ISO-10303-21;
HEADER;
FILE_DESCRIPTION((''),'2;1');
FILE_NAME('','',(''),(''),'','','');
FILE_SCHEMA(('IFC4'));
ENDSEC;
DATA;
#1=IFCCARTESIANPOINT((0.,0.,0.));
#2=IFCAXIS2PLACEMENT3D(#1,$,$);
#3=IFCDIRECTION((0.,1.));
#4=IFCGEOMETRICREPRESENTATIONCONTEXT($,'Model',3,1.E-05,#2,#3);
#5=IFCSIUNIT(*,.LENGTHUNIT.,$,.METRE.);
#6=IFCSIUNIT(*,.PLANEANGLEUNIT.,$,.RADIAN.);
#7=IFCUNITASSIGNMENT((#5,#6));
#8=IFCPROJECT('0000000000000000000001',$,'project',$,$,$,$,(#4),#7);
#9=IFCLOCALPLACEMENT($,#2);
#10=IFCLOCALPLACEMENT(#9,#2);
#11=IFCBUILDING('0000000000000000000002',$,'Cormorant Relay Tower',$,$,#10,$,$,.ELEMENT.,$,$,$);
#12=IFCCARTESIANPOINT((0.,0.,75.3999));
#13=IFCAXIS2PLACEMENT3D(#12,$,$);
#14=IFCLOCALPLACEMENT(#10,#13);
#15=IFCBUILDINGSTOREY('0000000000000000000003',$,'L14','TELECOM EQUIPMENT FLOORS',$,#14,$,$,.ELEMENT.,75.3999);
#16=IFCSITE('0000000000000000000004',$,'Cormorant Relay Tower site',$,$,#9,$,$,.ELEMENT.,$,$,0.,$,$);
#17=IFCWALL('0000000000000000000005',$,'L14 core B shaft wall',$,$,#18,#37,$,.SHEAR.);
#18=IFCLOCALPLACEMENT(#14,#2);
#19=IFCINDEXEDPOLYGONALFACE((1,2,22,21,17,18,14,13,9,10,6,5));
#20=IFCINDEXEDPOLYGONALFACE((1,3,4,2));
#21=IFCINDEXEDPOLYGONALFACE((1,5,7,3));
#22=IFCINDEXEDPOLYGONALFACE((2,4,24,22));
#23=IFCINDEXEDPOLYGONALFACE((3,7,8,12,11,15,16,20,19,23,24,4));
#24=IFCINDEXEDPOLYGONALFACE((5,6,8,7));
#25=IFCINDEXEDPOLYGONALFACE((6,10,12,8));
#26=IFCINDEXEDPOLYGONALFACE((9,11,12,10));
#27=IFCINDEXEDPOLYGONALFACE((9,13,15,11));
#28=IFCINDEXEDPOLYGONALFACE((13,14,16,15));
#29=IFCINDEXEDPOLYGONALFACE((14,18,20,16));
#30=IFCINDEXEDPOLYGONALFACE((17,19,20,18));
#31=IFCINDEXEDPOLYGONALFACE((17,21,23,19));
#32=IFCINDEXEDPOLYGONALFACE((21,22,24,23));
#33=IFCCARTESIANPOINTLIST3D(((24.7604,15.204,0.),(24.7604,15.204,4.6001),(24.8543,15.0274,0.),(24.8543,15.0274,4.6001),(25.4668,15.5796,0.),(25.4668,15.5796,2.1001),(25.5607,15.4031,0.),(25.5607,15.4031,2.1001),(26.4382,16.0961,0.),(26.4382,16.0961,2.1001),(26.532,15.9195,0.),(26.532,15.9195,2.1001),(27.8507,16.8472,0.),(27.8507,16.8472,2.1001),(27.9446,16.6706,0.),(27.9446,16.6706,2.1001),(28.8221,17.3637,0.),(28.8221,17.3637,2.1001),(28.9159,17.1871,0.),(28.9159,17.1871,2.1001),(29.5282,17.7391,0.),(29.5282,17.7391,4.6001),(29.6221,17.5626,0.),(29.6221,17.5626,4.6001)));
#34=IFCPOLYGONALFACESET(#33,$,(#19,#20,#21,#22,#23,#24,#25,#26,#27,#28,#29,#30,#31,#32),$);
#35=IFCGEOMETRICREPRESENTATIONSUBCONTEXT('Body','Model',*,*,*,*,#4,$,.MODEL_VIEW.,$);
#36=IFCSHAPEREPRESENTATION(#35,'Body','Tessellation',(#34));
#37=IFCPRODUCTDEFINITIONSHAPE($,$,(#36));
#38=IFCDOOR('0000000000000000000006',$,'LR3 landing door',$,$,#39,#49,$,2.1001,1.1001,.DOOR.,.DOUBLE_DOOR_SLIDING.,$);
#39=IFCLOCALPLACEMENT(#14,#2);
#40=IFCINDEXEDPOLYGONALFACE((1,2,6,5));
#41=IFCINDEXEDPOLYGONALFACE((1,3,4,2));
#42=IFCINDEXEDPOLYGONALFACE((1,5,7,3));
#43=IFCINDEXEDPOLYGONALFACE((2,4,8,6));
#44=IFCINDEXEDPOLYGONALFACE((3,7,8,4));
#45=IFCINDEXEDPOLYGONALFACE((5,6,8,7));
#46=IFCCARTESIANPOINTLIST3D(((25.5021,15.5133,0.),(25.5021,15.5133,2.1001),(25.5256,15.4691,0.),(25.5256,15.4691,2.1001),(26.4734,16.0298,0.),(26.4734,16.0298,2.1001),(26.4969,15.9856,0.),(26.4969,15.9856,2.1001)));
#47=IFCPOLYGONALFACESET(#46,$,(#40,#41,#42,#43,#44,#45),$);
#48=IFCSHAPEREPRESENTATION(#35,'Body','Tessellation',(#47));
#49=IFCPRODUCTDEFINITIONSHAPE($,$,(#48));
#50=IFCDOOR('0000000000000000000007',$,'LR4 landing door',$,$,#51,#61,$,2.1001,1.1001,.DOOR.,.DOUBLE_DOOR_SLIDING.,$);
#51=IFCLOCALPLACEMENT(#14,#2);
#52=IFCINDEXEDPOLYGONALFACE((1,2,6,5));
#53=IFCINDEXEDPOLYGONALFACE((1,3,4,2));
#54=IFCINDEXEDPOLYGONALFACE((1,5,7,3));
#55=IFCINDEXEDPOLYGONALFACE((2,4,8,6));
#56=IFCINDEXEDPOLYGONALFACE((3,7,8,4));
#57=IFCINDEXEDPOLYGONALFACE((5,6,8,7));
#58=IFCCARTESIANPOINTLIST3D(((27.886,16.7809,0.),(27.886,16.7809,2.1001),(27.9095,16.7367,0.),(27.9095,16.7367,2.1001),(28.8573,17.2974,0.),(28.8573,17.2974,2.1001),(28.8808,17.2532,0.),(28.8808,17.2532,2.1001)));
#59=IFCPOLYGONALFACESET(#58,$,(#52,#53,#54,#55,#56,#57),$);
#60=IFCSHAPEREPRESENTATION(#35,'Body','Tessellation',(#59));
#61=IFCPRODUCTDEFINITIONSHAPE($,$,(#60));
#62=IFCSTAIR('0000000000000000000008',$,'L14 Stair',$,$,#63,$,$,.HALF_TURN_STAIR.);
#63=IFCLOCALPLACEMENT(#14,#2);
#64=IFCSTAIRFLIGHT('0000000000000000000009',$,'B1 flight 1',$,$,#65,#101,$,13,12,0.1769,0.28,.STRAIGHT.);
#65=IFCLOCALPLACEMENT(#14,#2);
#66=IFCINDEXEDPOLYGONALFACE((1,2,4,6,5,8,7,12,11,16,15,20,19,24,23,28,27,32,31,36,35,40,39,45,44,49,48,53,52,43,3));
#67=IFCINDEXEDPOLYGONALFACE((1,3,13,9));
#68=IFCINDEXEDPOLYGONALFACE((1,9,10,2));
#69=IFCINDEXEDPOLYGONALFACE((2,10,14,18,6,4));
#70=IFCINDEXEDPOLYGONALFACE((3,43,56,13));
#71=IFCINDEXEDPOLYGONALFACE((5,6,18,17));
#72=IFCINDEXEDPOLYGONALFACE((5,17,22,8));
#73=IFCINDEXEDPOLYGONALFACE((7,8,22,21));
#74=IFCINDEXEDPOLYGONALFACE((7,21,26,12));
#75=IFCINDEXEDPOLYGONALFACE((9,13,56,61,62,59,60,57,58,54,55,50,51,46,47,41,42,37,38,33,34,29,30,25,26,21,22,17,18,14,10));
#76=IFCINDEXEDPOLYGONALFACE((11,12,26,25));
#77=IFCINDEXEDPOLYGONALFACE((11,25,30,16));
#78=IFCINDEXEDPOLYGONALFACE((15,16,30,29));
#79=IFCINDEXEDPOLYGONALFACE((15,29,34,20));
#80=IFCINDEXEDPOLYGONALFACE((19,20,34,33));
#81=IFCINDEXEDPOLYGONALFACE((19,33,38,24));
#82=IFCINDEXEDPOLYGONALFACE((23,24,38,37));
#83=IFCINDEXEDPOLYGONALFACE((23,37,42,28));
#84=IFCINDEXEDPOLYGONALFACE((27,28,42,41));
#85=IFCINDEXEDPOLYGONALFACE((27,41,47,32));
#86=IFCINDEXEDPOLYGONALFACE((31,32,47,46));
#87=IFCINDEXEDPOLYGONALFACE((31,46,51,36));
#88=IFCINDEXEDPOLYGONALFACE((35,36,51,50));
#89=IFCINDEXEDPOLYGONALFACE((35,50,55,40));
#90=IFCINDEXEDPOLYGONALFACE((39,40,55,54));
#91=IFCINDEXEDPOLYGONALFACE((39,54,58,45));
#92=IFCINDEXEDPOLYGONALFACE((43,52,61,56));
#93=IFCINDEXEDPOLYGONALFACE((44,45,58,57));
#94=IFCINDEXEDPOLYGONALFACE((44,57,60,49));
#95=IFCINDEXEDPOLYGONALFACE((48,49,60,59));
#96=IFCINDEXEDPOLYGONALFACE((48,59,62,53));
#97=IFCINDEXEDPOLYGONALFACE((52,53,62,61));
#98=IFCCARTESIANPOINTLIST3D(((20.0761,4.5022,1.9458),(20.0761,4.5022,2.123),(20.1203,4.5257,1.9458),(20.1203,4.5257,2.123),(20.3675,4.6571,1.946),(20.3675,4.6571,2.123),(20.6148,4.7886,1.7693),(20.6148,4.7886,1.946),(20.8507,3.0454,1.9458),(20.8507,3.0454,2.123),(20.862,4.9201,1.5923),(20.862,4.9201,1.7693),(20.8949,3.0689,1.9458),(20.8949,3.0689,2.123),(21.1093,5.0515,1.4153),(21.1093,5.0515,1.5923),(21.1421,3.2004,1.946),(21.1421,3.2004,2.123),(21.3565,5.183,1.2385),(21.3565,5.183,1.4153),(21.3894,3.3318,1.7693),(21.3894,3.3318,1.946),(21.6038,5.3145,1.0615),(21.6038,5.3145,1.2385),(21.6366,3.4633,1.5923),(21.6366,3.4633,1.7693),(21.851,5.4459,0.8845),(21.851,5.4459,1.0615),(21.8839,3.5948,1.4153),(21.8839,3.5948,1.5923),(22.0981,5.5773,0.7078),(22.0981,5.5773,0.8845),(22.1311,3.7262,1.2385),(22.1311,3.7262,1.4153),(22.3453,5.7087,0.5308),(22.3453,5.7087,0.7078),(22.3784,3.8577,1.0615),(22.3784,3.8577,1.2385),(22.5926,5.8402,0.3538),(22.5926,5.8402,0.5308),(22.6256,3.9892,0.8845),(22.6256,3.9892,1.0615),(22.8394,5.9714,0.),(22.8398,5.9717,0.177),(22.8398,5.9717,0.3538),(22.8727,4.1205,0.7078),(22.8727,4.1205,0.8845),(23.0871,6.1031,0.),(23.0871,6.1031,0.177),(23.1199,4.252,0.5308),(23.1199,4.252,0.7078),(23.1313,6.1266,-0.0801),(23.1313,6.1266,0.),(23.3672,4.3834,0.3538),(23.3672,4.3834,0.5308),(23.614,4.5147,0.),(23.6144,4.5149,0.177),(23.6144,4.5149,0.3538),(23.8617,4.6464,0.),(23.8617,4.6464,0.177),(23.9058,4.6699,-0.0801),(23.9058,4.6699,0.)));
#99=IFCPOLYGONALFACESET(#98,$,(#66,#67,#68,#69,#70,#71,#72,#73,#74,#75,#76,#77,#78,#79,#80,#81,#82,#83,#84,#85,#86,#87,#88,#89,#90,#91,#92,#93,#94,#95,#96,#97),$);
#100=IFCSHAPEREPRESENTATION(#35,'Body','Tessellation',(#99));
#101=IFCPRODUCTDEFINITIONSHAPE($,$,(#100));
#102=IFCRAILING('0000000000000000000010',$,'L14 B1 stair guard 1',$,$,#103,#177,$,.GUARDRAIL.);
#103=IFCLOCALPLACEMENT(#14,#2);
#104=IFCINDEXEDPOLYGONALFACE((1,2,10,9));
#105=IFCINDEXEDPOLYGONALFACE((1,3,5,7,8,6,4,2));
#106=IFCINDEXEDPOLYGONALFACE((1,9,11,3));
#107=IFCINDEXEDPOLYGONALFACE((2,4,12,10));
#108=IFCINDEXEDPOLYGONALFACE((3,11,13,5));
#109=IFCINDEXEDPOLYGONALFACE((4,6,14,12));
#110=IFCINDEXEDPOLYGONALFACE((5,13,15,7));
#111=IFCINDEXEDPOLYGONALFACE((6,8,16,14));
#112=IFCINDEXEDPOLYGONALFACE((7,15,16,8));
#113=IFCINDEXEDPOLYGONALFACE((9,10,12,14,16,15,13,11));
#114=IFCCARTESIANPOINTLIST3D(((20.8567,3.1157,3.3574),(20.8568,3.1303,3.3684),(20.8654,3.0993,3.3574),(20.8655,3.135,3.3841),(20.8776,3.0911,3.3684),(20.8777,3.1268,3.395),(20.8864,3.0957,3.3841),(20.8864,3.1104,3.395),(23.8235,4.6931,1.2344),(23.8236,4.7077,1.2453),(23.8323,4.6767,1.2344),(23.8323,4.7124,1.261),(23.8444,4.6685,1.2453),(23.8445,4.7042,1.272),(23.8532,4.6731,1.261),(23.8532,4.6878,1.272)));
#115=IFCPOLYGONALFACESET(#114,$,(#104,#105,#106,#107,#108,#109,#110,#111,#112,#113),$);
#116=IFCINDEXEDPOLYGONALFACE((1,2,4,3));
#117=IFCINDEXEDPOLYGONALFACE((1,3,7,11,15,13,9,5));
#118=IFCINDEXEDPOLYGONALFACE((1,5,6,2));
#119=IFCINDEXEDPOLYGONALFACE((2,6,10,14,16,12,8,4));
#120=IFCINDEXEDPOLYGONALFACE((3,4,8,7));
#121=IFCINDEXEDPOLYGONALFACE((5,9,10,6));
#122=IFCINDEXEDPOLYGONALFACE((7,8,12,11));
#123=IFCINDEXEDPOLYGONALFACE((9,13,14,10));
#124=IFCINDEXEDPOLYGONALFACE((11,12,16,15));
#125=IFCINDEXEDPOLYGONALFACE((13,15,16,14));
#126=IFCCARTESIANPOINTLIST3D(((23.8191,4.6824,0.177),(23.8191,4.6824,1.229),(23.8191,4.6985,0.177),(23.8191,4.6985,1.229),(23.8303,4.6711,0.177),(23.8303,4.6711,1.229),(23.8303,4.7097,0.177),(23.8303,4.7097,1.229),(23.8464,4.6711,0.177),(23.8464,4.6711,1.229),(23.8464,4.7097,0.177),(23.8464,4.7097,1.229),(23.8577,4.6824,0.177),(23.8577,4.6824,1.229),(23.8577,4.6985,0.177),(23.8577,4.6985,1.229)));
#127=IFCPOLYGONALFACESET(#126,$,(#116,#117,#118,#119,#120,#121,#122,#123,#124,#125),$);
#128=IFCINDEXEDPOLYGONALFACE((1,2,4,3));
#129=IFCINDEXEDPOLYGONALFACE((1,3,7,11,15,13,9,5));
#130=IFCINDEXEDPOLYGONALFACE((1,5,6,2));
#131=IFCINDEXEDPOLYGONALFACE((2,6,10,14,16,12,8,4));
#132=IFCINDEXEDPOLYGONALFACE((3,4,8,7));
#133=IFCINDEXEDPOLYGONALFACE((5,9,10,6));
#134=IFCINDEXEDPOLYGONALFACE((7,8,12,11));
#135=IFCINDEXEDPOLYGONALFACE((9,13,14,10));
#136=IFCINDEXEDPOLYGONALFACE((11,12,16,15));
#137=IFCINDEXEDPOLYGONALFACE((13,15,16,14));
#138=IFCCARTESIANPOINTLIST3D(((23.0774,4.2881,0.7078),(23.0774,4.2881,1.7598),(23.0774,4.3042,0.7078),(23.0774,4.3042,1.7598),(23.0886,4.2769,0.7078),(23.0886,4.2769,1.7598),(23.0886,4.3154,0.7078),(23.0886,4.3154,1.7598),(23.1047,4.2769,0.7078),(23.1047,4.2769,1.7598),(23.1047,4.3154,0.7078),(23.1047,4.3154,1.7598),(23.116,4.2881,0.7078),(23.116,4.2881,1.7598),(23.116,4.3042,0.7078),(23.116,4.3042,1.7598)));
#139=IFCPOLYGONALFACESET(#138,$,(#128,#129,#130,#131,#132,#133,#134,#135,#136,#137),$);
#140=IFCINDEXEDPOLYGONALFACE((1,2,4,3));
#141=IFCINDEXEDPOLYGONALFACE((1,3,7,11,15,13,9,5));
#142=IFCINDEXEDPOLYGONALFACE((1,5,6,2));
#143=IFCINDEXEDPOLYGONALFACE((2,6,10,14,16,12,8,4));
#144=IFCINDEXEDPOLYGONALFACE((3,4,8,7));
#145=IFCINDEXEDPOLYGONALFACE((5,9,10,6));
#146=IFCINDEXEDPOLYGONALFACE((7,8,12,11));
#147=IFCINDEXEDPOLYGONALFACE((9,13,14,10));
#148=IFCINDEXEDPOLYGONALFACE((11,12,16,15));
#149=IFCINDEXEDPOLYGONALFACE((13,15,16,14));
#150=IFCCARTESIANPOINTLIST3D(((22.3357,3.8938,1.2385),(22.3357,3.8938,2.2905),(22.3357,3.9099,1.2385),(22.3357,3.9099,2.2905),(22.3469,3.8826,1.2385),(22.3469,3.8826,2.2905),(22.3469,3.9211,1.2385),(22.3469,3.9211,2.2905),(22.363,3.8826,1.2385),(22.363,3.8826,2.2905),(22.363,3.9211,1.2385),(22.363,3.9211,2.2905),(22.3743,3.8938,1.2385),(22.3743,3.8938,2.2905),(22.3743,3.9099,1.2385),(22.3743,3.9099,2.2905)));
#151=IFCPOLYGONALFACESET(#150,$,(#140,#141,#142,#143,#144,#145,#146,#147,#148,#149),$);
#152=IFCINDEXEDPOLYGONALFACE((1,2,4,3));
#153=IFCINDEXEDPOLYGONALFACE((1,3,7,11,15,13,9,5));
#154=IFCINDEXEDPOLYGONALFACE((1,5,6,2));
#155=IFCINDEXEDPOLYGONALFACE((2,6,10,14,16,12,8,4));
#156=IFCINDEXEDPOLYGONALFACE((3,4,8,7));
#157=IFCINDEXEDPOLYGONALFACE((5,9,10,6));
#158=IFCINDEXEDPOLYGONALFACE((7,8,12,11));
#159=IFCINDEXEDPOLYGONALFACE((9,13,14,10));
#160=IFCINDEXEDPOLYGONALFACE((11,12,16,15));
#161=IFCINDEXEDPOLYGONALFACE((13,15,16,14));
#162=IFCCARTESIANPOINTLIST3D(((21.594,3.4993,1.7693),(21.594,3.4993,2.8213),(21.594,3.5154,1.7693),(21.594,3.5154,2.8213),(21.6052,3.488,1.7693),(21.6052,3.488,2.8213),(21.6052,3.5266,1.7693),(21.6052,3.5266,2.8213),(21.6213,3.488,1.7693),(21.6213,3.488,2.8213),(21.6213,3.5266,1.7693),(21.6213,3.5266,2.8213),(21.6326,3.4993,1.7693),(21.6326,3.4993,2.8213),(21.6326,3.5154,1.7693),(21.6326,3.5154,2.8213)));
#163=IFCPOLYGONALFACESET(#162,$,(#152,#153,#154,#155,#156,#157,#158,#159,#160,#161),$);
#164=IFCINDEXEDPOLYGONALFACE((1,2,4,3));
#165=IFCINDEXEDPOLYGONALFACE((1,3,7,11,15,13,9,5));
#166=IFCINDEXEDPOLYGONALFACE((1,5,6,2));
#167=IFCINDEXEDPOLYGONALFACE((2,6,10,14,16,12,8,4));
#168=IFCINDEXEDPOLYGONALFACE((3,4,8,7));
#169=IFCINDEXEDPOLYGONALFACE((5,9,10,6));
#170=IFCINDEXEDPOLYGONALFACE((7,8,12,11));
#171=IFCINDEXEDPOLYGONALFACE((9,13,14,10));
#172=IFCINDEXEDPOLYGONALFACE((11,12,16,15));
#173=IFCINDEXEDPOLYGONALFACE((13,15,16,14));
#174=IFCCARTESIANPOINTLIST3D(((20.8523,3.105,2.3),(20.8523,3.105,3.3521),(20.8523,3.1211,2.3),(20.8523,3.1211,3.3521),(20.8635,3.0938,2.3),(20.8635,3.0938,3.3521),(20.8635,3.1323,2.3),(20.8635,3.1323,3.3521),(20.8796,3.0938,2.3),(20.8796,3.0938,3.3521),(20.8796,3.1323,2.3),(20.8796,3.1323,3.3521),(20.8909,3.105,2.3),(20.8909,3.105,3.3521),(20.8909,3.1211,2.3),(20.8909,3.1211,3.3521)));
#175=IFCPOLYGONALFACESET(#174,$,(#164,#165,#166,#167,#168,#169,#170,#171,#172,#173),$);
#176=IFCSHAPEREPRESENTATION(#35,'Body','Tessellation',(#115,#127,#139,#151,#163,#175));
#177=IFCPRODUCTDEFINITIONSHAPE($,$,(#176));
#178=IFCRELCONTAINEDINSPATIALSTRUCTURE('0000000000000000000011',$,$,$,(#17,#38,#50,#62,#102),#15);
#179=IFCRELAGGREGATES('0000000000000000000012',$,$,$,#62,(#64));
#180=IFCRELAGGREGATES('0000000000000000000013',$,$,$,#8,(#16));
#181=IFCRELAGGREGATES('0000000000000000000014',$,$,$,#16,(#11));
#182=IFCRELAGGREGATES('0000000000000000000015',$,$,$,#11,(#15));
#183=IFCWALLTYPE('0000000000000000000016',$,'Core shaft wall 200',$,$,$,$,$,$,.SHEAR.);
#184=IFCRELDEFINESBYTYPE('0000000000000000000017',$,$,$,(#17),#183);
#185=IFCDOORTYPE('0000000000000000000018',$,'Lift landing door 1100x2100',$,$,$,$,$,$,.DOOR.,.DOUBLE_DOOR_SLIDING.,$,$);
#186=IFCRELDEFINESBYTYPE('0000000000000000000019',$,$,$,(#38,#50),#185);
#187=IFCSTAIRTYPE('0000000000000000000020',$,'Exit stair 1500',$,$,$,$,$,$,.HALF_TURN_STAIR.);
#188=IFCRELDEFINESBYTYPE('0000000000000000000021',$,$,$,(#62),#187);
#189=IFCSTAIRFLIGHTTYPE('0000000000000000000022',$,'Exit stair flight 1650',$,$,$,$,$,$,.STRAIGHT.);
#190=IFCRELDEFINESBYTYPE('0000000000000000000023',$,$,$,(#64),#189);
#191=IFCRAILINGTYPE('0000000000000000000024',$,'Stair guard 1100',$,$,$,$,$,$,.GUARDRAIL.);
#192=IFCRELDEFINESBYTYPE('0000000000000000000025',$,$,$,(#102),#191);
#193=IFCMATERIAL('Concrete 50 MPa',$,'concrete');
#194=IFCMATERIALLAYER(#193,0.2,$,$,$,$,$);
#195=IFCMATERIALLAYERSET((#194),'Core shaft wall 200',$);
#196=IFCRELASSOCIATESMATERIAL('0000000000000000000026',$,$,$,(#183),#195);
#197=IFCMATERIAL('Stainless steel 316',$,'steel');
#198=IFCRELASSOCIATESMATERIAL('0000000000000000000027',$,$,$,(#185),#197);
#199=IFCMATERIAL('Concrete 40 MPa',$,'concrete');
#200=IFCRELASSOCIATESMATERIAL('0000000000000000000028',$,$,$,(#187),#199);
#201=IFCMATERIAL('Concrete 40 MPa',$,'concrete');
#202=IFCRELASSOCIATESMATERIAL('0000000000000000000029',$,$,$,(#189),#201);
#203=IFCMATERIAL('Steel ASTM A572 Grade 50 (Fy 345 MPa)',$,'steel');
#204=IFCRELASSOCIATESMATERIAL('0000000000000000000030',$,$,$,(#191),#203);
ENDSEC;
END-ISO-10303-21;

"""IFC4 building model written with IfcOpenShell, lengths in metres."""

from ifc_helpers import new_model, si_unit, direction, frame, frame_2d, origin, place, context, subcontext, project, spatial, polyline, rectangle, outline, extrude, material, layer, layer_set, type_object, element, fill, aggregate, save


model = new_model("IFC4")

# Units and contexts
model_context = context("Model", 3, precision=1e-05, world=origin(), true_north=direction((0.0, 1.0)))
body_context = subcontext(model_context, "Body", "Model", "MODEL_VIEW")
ifc_project = project(units=[si_unit("LENGTHUNIT", "METRE"), si_unit("PLANEANGLEUNIT", "RADIAN")], contexts=[model_context])

# Site, building, storey
site_placement = place(None, origin())
site = spatial("IfcSite", under=ifc_project, at=site_placement, Name="Cormorant Relay Tower site", CompositionType="ELEMENT", RefElevation=0.0)
building_placement = place(site_placement, origin())
building = spatial("IfcBuilding", under=site, at=building_placement, Name="Cormorant Relay Tower", CompositionType="ELEMENT")
storey_placement = place(building_placement, frame((0.0, 0.0, 75.3999)))
storey = spatial("IfcBuildingStorey", under=building, at=storey_placement, Name="L14", Description="TELECOM EQUIPMENT FLOORS", CompositionType="ELEMENT", Elevation=75.3999)

# Shared definitions
ifc_material_1 = material(Name="Concrete 50 MPa", Category="concrete")
ifc_layer_1 = layer(ifc_material_1, 0.2)
ifc_layer_set_1 = layer_set([ifc_layer_1], Name="Core shaft wall 200")
wall_type_1 = type_object("IfcWallType", Name="Core shaft wall 200", PredefinedType="SHEAR", material=ifc_layer_set_1)

# Wall, openings, doors
wall_1_placement = place(storey_placement, frame((24.8074, 15.1157, 0.0), z_axis=(0.0, 0.0, 1.0), x_axis=(0.882943, 0.46948, 0.0)))
wall_1 = element("IfcWall", 1, at=wall_1_placement, inside=storey, type_object=wall_type_1, Name="L14 core B shaft wall", PredefinedType="SHEAR", context=body_context, shape_type="SweptSolid", body=[
    extrude(rectangle(XDim=5.3999, YDim=0.2, at=frame_2d((2.7, 0.0))), origin(), (0.0, 0.0, 1.0), 4.6001),
])
opening_1_placement = place(wall_1_placement, frame((0.8, 0.0, 0.0)))
opening_1 = element("IfcOpeningElement", 2, at=opening_1_placement, cuts=wall_1, PredefinedType="OPENING", context=body_context, shape_type="SweptSolid", body=[
    extrude(rectangle(XDim=1.1001, YDim=2.1001, at=frame_2d((0.55, 1.05))), frame((0.0, 0.1099, 0.0), z_axis=(0.0, -1.0, 0.0), x_axis=(1.0, 0.0, 0.0)), (0.0, 0.0, 1.0), 0.22),
])
opening_2_placement = place(wall_1_placement, frame((3.5, 0.0, 0.0)))
opening_2 = element("IfcOpeningElement", 3, at=opening_2_placement, cuts=wall_1, PredefinedType="OPENING", context=body_context, shape_type="SweptSolid", body=[
    extrude(rectangle(XDim=1.1001, YDim=2.1001, at=frame_2d((0.55, 1.05))), frame((0.0, 0.1099, 0.0), z_axis=(0.0, -1.0, 0.0), x_axis=(1.0, 0.0, 0.0)), (0.0, 0.0, 1.0), 0.22),
])
ifc_material_2 = material(Name="Stainless steel 316", Category="steel")
door_type_1 = type_object("IfcDoorType", Name="Lift landing door 1100x2100", OperationType="DOUBLE_DOOR_SLIDING", PredefinedType="DOOR", material=ifc_material_2)
door_1_placement = place(opening_1_placement, origin())
door_1 = element("IfcDoor", 4, at=door_1_placement, inside=storey, type_object=door_type_1, Name="LR3 landing door", OperationType="DOUBLE_DOOR_SLIDING", OverallHeight=2.1001, OverallWidth=1.1001, PredefinedType="DOOR", context=body_context, shape_type="SweptSolid", body=[
    extrude(rectangle(XDim=1.1001, YDim=2.1001, at=frame_2d((0.55, 1.05))), frame((0.0, 0.0249, 0.0), z_axis=(0.0, -1.0, 0.0), x_axis=(1.0, 0.0, 0.0)), (0.0, 0.0, 1.0), 0.05),
])
fill(opening_1, door_1)
door_2_placement = place(opening_2_placement, origin())
door_2 = element("IfcDoor", 5, at=door_2_placement, inside=storey, type_object=door_type_1, Name="LR4 landing door", OperationType="DOUBLE_DOOR_SLIDING", OverallHeight=2.1001, OverallWidth=1.1001, PredefinedType="DOOR", context=body_context, shape_type="SweptSolid", body=[
    extrude(rectangle(XDim=1.1001, YDim=2.1001, at=frame_2d((0.55, 1.05))), frame((0.0, 0.0249, 0.0), z_axis=(0.0, -1.0, 0.0), x_axis=(1.0, 0.0, 0.0)), (0.0, 0.0, 1.0), 0.05),
])
fill(opening_2, door_2)

# Stair, stair flight
ifc_material_3 = material(Name="Concrete 40 MPa", Category="concrete")
stair_type = type_object("IfcStairType", Name="Exit stair 1500", PredefinedType="HALF_TURN_STAIR", material=ifc_material_3)
stair_placement = place(storey_placement, origin())
stair = element("IfcStair", 6, at=stair_placement, inside=storey, type_object=stair_type, Name="L14 Stair", PredefinedType="HALF_TURN_STAIR")
ifc_material_4 = material(Name="Concrete 40 MPa", Category="concrete")
stair_flight_type = type_object("IfcStairFlightType", Name="Exit stair flight 1650", PredefinedType="STRAIGHT", material=ifc_material_4)
stair_flight_placement = place(storey_placement, frame((23.4744, 5.3748, 0.0), z_axis=(0.0, 0.0, 1.0), x_axis=(-0.882948, -0.469472, 0.0)))
stair_flight = element("IfcStairFlight", 7, at=stair_flight_placement, type_object=stair_flight_type, Name="B1 flight 1", NumberOfRisers=13, NumberOfTreads=12, PredefinedType="STRAIGHT", RiserHeight=0.1769, TreadLength=0.28, context=body_context, shape_type="SweptSolid", body=[
    extrude(outline(polyline([(-0.05, -0.0801), (-0.05, 0.0), (0.0, 0.0), (0.0, 0.177), (0.28, 0.177), (0.28, 0.3538), (0.5601, 0.3538), (0.5601, 0.5308), (0.8401, 0.5308), (0.8401, 0.7078), (1.1201, 0.7078), (1.1201, 0.8845), (1.3999, 0.8845), (1.3999, 1.0615), (1.6799, 1.0615), (1.6799, 1.2385), (1.96, 1.2385), (1.96, 1.4153), (2.24, 1.4153), (2.24, 1.5923), (2.52, 1.5923), (2.52, 1.7693), (2.8, 1.7693), (2.8, 1.946), (3.0801, 1.946), (3.0801, 2.123), (3.3601, 2.123), (3.4102, 2.123), (3.4102, 1.9458), (3.3601, 1.9458), (0.2805, 0.0), (-0.05, -0.0801)])), frame((0.0, 0.825, 0.0), z_axis=(0.0, -1.0, 0.0), x_axis=(1.0, 0.0, 0.0)), (0.0, 0.0, 1.0), 1.6499),
])
aggregate(stair, [stair_flight])

# Railing
ifc_material_5 = material(Name="Steel ASTM A572 Grade 50 (Fy 345 MPa)", Category="steel")
railing_type_1 = type_object("IfcRailingType", Name="Stair guard 1100", PredefinedType="GUARDRAIL", material=ifc_material_5)
railing_1_placement = place(storey_placement, frame((23.8384, 4.6904, 0.177)))
element("IfcRailing", 8, at=railing_1_placement, inside=storey, type_object=railing_type_1, Name="L14 B1 stair guard 1", PredefinedType="GUARDRAIL", context=body_context, shape_type="SweptSolid", body=[
    extrude(outline(polyline([(0.0222, 0.0093), (0.0093, 0.0222), (-0.0093, 0.0222), (-0.0222, 0.0093), (-0.0222, -0.0093), (-0.0093, -0.0222), (0.0093, -0.0222), (0.0222, -0.0093), (0.0222, 0.0093)])), frame((0.0, 0.0, 1.0762), z_axis=(-0.746441, -0.396869, 0.534155), x_axis=(0.469453, -0.882958, 0.0)), (0.0, 0.0, 1.0), 3.9746),
    extrude(outline(polyline([(0.0193, 0.0081), (0.0081, 0.0193), (-0.0081, 0.0193), (-0.0193, 0.0081), (-0.0193, -0.0081), (-0.0081, -0.0193), (0.0081, -0.0193), (0.0193, -0.0081), (0.0193, 0.0081)])), origin(), (0.0, 0.0, 1.0), 1.052),
    extrude(outline(polyline([(0.0193, 0.0081), (0.0081, 0.0193), (-0.0081, 0.0193), (-0.0193, 0.0081), (-0.0193, -0.0081), (-0.0081, -0.0193), (0.0081, -0.0193), (0.0193, -0.0081), (0.0193, 0.0081)])), frame((-0.7417, -0.3943, 0.5308)), (0.0, 0.0, 1.0), 1.052),
    extrude(outline(polyline([(0.0193, 0.0081), (0.0081, 0.0193), (-0.0081, 0.0193), (-0.0193, 0.0081), (-0.0193, -0.0081), (-0.0081, -0.0193), (0.0081, -0.0193), (0.0193, -0.0081), (0.0193, 0.0081)])), frame((-1.4834, -0.7886, 1.0615)), (0.0, 0.0, 1.0), 1.052),
    extrude(outline(polyline([(0.0193, 0.0081), (0.0081, 0.0193), (-0.0081, 0.0193), (-0.0193, 0.0081), (-0.0193, -0.0081), (-0.0081, -0.0193), (0.0081, -0.0193), (0.0193, -0.0081), (0.0193, 0.0081)])), frame((-2.2251, -1.1831, 1.5923)), (0.0, 0.0, 1.0), 1.052),
    extrude(outline(polyline([(0.0193, 0.0081), (0.0081, 0.0193), (-0.0081, 0.0193), (-0.0193, 0.0081), (-0.0193, -0.0081), (-0.0081, -0.0193), (0.0081, -0.0193), (0.0193, -0.0081), (0.0193, 0.0081)])), frame((-2.9668, -1.5774, 2.123)), (0.0, 0.0, 1.0), 1.052),
])

save(model, "model.ifc")
